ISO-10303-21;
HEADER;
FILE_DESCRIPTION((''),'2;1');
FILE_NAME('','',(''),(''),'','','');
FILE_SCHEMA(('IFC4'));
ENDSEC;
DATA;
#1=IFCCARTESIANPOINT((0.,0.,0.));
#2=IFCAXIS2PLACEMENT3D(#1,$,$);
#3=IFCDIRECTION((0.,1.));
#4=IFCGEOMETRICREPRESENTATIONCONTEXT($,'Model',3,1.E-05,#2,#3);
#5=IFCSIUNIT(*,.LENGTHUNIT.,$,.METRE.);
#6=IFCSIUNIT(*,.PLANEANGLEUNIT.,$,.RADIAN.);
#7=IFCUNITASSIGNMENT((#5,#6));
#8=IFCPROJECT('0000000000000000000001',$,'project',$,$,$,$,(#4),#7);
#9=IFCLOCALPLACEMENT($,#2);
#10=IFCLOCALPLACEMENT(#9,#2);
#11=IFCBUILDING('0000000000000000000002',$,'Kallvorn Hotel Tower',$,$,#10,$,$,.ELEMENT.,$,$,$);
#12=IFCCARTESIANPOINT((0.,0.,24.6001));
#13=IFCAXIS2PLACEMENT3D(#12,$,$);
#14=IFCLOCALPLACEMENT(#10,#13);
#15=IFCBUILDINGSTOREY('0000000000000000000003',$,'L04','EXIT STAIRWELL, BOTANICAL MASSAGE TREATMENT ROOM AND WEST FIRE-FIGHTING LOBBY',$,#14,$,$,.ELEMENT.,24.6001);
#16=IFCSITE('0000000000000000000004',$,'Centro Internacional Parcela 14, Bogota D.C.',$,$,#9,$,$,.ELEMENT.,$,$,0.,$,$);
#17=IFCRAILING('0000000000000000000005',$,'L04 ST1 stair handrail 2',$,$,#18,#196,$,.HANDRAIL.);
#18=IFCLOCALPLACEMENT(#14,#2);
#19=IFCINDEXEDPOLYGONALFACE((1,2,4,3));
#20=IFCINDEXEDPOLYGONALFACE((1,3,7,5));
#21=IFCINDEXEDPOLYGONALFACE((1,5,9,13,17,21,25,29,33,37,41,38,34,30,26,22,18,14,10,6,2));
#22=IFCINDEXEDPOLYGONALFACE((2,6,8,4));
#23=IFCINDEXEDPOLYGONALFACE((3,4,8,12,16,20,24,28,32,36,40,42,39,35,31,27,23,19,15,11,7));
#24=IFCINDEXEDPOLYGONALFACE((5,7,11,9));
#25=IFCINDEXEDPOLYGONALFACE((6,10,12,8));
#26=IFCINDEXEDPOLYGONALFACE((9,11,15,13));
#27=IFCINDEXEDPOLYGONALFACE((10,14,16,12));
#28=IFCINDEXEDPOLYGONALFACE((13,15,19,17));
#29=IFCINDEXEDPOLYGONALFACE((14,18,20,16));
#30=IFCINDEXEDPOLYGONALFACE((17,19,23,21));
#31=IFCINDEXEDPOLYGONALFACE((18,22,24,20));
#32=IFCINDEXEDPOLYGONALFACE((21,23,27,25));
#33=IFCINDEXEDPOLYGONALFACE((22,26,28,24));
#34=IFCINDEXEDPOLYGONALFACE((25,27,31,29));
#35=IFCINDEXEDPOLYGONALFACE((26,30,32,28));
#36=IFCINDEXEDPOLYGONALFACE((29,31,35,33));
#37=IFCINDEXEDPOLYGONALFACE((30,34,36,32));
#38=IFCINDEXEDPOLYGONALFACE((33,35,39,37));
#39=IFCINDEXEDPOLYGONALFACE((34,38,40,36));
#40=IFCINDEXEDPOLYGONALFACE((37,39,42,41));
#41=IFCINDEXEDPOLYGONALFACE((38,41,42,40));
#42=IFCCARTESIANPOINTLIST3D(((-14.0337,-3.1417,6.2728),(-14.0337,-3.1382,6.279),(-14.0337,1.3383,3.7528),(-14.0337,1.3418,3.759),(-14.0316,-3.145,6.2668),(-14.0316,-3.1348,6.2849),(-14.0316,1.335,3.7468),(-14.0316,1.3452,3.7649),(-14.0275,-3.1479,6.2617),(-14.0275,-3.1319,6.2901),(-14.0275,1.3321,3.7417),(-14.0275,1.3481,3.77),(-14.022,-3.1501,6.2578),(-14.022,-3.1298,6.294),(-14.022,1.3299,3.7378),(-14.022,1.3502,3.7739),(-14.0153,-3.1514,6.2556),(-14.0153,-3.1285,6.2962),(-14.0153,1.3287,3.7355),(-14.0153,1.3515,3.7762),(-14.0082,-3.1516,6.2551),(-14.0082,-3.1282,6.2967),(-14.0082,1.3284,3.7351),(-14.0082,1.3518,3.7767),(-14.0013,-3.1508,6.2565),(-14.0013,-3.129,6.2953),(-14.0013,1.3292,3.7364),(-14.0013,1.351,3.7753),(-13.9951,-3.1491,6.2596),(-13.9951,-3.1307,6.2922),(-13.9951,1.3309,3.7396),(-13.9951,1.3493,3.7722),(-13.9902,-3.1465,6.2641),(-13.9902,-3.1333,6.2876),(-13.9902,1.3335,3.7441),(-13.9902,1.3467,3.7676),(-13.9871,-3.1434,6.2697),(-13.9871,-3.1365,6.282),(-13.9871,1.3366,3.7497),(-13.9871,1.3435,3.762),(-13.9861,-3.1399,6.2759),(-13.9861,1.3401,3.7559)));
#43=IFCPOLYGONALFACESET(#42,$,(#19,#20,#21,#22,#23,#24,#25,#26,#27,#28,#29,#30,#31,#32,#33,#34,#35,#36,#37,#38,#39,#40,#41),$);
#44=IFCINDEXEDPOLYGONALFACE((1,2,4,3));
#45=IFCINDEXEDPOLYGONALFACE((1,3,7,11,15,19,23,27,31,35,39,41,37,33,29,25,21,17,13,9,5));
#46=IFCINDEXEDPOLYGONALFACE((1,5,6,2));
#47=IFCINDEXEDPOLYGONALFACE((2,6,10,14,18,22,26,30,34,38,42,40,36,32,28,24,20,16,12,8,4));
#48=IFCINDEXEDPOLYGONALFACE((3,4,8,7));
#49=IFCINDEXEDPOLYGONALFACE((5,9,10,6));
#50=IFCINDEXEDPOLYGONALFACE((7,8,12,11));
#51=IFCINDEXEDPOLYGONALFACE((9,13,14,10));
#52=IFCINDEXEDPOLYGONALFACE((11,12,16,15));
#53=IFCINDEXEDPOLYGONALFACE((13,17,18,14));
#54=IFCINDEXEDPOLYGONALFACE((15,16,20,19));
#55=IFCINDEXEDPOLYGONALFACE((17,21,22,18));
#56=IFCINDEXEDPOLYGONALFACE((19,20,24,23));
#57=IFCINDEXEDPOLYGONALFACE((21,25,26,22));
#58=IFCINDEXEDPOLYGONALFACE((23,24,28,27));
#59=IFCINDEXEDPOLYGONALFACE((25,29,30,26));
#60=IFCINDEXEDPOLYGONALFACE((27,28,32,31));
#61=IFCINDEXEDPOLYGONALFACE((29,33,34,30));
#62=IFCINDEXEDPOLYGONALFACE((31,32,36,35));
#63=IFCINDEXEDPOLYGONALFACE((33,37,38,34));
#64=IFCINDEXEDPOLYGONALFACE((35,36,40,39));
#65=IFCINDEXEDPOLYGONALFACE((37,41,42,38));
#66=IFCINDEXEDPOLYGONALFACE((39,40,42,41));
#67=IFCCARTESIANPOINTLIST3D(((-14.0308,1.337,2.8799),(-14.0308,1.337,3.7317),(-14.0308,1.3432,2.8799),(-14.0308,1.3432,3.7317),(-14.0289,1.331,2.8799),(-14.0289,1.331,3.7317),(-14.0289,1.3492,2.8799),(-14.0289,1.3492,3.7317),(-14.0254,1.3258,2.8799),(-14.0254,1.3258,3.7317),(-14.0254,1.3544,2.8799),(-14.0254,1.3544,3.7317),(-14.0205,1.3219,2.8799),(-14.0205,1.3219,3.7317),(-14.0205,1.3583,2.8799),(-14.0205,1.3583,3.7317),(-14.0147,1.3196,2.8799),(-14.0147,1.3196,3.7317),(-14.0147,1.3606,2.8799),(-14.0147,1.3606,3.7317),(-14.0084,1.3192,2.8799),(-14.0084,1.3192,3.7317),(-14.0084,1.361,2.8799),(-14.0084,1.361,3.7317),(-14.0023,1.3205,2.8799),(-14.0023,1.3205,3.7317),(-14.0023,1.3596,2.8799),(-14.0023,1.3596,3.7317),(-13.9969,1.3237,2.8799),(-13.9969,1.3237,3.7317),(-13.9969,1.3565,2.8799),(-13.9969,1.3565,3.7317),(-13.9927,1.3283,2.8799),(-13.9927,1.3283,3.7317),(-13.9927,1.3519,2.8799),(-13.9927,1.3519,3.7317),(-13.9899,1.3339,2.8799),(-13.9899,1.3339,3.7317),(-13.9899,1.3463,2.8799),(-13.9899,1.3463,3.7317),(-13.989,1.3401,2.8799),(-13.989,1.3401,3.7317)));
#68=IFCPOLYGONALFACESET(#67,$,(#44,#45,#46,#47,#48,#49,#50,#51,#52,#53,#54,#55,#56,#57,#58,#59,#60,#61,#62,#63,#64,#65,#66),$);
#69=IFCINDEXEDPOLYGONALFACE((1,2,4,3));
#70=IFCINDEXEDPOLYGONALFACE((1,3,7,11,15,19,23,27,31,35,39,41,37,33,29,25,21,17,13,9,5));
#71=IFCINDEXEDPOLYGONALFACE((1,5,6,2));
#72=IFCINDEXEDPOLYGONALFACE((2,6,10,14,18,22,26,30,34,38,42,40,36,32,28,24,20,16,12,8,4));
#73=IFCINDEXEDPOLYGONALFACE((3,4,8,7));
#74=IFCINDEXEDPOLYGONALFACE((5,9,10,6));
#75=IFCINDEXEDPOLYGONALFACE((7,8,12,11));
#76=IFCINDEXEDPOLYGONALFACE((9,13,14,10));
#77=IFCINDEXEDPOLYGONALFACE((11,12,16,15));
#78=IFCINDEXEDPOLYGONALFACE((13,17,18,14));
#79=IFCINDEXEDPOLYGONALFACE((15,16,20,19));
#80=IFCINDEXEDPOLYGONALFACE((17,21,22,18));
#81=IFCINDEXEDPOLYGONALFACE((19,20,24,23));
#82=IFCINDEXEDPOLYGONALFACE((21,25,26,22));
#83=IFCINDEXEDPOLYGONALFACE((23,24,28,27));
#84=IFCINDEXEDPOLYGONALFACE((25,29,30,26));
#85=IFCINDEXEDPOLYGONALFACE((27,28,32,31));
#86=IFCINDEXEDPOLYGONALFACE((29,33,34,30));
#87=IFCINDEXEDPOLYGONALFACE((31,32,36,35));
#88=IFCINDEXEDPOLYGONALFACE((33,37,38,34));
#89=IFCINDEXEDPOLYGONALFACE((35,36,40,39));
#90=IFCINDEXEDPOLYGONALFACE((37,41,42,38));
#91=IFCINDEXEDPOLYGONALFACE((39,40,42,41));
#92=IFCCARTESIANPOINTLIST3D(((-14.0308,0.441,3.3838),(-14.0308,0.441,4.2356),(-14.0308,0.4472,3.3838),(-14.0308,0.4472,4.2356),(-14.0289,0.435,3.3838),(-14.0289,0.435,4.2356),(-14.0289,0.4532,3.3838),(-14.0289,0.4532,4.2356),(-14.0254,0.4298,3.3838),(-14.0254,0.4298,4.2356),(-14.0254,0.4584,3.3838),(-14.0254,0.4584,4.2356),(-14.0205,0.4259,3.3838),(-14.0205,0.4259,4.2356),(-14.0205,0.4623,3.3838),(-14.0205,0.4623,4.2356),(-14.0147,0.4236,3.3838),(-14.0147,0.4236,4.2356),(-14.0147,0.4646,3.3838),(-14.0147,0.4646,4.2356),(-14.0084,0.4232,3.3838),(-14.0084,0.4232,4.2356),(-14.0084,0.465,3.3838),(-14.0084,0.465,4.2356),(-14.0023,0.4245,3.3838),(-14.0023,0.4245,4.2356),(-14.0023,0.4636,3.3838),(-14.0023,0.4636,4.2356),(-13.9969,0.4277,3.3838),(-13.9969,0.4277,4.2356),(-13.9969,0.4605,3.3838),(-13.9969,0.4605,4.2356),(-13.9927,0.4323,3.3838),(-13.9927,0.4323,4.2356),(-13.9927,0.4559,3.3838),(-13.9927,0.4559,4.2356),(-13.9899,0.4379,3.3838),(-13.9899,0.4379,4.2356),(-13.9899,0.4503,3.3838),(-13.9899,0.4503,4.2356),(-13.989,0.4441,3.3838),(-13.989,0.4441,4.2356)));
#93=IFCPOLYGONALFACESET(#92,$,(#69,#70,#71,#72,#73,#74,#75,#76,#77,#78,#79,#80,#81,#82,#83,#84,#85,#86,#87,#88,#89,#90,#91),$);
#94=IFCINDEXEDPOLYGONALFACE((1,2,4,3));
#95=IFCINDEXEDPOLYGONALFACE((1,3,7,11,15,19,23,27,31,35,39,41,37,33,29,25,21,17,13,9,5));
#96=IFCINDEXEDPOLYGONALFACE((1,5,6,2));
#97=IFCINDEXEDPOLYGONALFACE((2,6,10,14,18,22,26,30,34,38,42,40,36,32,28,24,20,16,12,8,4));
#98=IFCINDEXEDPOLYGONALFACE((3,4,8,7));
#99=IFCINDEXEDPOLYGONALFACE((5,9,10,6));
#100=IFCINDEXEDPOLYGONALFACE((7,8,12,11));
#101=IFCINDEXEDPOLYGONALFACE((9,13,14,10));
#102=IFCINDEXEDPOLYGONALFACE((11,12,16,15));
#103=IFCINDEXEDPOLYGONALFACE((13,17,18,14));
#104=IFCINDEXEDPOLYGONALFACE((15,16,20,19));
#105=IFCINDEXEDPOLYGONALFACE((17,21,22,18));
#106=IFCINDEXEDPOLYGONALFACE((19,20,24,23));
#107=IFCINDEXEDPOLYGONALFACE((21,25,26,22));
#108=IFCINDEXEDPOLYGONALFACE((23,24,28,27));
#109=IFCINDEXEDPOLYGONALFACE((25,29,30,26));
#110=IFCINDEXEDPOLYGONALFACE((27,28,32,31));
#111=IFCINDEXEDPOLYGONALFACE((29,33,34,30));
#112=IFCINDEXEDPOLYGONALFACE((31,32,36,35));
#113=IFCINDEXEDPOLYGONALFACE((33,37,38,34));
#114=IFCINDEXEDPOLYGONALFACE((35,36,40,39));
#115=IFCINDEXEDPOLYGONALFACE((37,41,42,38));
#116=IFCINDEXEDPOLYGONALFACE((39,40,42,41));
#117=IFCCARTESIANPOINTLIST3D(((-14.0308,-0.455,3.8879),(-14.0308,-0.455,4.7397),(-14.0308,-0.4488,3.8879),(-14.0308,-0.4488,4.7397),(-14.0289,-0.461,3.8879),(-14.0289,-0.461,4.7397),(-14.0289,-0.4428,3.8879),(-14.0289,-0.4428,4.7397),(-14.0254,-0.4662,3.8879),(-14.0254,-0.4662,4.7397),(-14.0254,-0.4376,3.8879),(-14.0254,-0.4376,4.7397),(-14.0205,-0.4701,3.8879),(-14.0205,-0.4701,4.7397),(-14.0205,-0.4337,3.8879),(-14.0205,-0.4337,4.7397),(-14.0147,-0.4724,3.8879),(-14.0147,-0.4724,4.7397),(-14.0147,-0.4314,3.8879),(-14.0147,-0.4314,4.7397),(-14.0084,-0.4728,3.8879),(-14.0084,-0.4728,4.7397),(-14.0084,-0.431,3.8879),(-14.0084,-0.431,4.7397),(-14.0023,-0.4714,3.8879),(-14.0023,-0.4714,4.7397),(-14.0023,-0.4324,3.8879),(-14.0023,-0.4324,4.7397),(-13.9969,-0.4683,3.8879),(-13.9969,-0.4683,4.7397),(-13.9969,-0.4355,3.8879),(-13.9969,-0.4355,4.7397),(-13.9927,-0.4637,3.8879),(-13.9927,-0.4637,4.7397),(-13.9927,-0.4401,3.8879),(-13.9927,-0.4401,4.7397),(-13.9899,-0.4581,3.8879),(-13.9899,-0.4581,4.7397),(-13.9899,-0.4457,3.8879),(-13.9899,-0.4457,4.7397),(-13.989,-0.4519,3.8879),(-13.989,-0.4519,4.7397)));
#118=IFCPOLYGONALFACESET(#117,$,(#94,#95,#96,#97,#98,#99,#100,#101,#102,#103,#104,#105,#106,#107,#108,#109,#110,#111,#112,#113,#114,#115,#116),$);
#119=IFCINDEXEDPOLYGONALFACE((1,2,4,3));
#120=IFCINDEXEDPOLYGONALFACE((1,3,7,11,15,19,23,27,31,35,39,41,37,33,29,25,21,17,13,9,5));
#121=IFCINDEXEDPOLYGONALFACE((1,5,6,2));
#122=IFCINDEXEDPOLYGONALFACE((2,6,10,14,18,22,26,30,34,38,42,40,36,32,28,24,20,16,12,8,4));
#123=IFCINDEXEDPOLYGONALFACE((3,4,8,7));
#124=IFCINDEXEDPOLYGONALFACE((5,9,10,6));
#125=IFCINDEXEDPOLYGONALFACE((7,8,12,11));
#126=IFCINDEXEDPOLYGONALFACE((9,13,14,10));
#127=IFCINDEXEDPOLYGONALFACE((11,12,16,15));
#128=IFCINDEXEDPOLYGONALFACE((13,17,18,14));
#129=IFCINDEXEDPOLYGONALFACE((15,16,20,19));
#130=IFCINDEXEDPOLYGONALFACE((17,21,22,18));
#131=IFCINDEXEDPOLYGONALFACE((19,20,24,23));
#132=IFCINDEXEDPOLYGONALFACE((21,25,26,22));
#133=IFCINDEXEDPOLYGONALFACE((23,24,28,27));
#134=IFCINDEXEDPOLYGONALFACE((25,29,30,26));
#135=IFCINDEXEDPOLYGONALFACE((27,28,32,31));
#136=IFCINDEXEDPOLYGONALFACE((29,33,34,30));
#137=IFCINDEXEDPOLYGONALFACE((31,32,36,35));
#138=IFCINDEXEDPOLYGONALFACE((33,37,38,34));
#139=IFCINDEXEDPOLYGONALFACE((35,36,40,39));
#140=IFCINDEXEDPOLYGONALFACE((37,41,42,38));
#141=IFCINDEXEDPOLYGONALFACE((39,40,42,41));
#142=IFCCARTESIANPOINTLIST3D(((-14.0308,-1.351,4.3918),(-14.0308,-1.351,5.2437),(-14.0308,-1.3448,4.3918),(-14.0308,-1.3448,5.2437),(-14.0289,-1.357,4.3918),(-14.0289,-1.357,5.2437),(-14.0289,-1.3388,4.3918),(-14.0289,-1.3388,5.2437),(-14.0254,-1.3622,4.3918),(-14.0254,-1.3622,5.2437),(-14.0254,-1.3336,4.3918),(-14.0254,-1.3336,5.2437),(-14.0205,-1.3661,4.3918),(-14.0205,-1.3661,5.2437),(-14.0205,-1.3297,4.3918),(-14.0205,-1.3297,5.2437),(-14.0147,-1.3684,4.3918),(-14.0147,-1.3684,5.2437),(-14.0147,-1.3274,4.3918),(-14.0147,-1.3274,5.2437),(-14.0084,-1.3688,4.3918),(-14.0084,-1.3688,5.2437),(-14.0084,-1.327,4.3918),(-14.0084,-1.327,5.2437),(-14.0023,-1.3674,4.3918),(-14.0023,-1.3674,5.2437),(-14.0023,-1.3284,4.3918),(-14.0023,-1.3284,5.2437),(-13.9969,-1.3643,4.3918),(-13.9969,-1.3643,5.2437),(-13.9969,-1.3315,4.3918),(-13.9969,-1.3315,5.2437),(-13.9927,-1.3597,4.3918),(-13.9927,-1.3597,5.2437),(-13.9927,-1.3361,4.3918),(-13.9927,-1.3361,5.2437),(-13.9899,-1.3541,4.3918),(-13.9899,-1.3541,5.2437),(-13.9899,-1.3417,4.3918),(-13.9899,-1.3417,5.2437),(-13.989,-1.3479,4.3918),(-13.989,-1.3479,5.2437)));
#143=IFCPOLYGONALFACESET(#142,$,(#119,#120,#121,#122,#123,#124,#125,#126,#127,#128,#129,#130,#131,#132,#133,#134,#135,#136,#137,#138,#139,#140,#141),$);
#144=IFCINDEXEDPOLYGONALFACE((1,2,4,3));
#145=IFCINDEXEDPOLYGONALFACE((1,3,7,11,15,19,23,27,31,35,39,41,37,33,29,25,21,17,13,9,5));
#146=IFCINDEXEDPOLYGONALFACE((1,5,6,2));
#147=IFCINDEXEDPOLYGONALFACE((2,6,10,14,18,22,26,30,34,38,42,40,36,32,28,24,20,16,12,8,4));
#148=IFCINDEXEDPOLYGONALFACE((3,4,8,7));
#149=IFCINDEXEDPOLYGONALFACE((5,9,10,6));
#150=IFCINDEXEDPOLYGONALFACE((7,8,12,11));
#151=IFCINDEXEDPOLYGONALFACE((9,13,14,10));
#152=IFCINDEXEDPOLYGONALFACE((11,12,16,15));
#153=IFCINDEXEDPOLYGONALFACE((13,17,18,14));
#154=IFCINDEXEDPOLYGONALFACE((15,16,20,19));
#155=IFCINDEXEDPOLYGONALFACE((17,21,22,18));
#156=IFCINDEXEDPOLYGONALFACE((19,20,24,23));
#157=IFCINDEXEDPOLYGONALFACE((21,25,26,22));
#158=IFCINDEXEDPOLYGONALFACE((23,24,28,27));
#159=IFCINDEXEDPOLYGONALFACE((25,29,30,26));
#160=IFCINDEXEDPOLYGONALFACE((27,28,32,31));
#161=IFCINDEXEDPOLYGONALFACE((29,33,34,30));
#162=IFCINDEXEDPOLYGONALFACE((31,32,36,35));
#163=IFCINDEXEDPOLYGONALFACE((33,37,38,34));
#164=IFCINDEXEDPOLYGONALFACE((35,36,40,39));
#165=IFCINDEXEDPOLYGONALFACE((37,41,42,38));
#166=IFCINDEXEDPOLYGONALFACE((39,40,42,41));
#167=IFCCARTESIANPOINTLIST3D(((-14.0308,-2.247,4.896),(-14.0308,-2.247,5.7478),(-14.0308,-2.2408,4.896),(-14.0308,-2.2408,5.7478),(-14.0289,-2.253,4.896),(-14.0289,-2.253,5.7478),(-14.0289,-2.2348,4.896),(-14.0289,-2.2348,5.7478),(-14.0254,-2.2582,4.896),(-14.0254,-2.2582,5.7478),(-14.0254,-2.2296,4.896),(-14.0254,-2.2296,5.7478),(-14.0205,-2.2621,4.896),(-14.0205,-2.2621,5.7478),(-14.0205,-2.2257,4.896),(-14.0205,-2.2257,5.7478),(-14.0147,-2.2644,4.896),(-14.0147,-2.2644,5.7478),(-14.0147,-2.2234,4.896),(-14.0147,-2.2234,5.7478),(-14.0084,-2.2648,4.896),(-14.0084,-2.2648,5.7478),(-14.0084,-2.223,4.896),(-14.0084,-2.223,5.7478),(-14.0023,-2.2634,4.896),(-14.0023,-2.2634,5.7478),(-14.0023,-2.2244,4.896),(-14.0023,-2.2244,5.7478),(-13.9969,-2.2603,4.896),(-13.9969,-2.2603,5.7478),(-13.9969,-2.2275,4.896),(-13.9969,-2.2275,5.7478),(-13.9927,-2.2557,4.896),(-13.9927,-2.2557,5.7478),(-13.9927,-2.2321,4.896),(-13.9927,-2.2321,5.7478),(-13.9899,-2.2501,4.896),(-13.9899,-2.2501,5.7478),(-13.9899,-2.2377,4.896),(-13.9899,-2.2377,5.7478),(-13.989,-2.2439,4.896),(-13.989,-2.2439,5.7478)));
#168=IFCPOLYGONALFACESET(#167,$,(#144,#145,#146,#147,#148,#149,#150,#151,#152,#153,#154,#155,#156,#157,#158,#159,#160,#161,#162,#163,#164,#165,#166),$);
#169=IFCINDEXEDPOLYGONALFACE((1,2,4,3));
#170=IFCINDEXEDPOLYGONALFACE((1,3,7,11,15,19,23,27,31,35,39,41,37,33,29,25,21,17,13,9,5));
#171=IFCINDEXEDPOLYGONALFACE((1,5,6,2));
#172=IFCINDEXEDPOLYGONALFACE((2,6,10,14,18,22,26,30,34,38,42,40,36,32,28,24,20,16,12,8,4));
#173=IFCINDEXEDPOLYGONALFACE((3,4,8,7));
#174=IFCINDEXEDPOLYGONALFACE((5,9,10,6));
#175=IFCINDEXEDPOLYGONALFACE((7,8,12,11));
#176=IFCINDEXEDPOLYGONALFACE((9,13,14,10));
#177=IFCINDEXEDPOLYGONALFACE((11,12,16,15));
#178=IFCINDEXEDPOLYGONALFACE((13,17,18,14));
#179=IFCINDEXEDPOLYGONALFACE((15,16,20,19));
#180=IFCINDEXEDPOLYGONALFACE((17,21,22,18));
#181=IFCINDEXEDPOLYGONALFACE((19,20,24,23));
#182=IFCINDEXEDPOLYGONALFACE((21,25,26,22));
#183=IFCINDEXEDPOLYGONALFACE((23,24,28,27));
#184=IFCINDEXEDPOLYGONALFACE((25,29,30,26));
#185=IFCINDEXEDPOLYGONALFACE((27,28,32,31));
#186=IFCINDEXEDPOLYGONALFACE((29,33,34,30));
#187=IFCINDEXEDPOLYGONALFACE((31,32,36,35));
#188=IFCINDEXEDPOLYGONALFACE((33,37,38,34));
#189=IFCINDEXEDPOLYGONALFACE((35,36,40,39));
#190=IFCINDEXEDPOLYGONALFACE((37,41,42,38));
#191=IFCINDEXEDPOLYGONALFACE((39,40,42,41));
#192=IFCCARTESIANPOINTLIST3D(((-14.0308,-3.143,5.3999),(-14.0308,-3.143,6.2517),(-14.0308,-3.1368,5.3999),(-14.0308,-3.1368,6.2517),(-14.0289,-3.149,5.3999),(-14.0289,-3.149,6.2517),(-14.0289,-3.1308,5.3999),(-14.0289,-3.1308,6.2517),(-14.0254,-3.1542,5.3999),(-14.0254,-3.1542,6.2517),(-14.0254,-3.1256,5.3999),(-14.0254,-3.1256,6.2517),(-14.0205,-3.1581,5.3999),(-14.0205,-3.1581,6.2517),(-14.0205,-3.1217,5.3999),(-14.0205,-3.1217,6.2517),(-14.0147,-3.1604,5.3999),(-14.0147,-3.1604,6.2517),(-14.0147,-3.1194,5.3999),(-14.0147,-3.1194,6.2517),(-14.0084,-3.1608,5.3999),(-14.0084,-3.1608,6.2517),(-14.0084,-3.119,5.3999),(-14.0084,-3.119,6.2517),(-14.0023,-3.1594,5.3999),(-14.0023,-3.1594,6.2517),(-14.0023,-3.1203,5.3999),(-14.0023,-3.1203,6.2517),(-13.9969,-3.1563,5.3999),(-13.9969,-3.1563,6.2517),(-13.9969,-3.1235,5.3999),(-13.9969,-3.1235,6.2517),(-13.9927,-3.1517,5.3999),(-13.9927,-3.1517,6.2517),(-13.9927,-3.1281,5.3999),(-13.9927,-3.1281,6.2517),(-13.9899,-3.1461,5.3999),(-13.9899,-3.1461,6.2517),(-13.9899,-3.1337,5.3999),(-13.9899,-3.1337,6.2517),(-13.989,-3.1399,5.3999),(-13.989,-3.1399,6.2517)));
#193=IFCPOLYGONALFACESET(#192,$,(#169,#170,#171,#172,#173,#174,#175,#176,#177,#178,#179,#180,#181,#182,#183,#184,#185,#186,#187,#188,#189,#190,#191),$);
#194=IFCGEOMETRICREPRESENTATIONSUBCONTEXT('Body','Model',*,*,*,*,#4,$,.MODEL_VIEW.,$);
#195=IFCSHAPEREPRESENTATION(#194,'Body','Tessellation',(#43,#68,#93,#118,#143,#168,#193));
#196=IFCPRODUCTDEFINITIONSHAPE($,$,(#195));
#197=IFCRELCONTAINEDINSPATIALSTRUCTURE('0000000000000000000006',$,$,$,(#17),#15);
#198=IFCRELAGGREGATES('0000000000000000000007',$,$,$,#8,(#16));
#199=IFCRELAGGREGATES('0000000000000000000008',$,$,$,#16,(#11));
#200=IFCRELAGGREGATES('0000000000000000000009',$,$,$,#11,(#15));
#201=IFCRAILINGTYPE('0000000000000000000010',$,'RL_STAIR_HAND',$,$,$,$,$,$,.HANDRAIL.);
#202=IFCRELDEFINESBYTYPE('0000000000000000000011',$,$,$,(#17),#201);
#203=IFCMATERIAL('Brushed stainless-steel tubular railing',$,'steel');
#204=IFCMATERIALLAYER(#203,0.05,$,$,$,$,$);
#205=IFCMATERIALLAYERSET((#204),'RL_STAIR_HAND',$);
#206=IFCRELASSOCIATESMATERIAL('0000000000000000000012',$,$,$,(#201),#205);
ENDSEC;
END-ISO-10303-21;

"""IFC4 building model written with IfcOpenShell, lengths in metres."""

from ifc_helpers import new_model, si_unit, direction, frame, origin, origin_2d, place, context, subcontext, project, spatial, circle, extrude, material, layer, layer_set, type_object, element, save


model = new_model("IFC4")

# Units and contexts
model_context = context("Model", 3, precision=1e-05, world=origin(), true_north=direction((0.0, 1.0)))
body_context = subcontext(model_context, "Body", "Model", "MODEL_VIEW")
ifc_project = project(units=[si_unit("LENGTHUNIT", "METRE"), si_unit("PLANEANGLEUNIT", "RADIAN")], contexts=[model_context])

# Site, building, storey
site_placement = place(None, origin())
site = spatial("IfcSite", under=ifc_project, at=site_placement, Name="Centro Internacional Parcela 14, Bogota D.C.", CompositionType="ELEMENT", RefElevation=0.0)
building_placement = place(site_placement, origin())
building = spatial("IfcBuilding", under=site, at=building_placement, Name="Kallvorn Hotel Tower", CompositionType="ELEMENT")
storey_placement = place(building_placement, frame((0.0, 0.0, 24.6001)))
storey = spatial("IfcBuildingStorey", under=building, at=storey_placement, Name="L04", Description="EXIT STAIRWELL, BOTANICAL MASSAGE TREATMENT ROOM AND WEST FIRE-FIGHTING LOBBY", CompositionType="ELEMENT", Elevation=24.6001)

# Railing
ifc_material_1 = material(Name="Brushed stainless-steel tubular railing", Category="steel")
ifc_layer_1 = layer(ifc_material_1, 0.05)
ifc_layer_set_1 = layer_set([ifc_layer_1], Name="RL_STAIR_HAND")
railing_type_1 = type_object("IfcRailingType", Name="RL_STAIR_HAND", PredefinedType="HANDRAIL", material=ifc_layer_set_1)
railing_1_placement = place(storey_placement, frame((-14.01, 1.3401, 2.8799)))
element("IfcRailing", 1, at=railing_1_placement, inside=storey, type_object=railing_type_1, Name="L04 ST1 stair handrail 2", PredefinedType="HANDRAIL", context=body_context, shape_type="SweptSolid", body=[
    extrude(circle(Radius=0.0239, at=origin_2d()), frame((0.0, 0.0, 0.876), z_axis=(0.0, -0.871573, 0.490266), x_axis=(1.0, 0.0, 0.0)), (0.0, 0.0, 1.0), 5.1401),
    extrude(circle(Radius=0.021, at=origin_2d()), origin(), (0.0, 0.0, 1.0), 0.8518),
    extrude(circle(Radius=0.021, at=origin_2d()), frame((0.0, -0.896, 0.5039)), (0.0, 0.0, 1.0), 0.8518),
    extrude(circle(Radius=0.021, at=origin_2d()), frame((0.0, -1.792, 1.0081)), (0.0, 0.0, 1.0), 0.8518),
    extrude(circle(Radius=0.021, at=origin_2d()), frame((0.0, -2.688, 1.512)), (0.0, 0.0, 1.0), 0.8518),
    extrude(circle(Radius=0.021, at=origin_2d()), frame((0.0, -3.584, 2.0161)), (0.0, 0.0, 1.0), 0.8518),
    extrude(circle(Radius=0.021, at=origin_2d()), frame((0.0, -4.48, 2.52)), (0.0, 0.0, 1.0), 0.8518),
])

save(model, "model.ifc")
